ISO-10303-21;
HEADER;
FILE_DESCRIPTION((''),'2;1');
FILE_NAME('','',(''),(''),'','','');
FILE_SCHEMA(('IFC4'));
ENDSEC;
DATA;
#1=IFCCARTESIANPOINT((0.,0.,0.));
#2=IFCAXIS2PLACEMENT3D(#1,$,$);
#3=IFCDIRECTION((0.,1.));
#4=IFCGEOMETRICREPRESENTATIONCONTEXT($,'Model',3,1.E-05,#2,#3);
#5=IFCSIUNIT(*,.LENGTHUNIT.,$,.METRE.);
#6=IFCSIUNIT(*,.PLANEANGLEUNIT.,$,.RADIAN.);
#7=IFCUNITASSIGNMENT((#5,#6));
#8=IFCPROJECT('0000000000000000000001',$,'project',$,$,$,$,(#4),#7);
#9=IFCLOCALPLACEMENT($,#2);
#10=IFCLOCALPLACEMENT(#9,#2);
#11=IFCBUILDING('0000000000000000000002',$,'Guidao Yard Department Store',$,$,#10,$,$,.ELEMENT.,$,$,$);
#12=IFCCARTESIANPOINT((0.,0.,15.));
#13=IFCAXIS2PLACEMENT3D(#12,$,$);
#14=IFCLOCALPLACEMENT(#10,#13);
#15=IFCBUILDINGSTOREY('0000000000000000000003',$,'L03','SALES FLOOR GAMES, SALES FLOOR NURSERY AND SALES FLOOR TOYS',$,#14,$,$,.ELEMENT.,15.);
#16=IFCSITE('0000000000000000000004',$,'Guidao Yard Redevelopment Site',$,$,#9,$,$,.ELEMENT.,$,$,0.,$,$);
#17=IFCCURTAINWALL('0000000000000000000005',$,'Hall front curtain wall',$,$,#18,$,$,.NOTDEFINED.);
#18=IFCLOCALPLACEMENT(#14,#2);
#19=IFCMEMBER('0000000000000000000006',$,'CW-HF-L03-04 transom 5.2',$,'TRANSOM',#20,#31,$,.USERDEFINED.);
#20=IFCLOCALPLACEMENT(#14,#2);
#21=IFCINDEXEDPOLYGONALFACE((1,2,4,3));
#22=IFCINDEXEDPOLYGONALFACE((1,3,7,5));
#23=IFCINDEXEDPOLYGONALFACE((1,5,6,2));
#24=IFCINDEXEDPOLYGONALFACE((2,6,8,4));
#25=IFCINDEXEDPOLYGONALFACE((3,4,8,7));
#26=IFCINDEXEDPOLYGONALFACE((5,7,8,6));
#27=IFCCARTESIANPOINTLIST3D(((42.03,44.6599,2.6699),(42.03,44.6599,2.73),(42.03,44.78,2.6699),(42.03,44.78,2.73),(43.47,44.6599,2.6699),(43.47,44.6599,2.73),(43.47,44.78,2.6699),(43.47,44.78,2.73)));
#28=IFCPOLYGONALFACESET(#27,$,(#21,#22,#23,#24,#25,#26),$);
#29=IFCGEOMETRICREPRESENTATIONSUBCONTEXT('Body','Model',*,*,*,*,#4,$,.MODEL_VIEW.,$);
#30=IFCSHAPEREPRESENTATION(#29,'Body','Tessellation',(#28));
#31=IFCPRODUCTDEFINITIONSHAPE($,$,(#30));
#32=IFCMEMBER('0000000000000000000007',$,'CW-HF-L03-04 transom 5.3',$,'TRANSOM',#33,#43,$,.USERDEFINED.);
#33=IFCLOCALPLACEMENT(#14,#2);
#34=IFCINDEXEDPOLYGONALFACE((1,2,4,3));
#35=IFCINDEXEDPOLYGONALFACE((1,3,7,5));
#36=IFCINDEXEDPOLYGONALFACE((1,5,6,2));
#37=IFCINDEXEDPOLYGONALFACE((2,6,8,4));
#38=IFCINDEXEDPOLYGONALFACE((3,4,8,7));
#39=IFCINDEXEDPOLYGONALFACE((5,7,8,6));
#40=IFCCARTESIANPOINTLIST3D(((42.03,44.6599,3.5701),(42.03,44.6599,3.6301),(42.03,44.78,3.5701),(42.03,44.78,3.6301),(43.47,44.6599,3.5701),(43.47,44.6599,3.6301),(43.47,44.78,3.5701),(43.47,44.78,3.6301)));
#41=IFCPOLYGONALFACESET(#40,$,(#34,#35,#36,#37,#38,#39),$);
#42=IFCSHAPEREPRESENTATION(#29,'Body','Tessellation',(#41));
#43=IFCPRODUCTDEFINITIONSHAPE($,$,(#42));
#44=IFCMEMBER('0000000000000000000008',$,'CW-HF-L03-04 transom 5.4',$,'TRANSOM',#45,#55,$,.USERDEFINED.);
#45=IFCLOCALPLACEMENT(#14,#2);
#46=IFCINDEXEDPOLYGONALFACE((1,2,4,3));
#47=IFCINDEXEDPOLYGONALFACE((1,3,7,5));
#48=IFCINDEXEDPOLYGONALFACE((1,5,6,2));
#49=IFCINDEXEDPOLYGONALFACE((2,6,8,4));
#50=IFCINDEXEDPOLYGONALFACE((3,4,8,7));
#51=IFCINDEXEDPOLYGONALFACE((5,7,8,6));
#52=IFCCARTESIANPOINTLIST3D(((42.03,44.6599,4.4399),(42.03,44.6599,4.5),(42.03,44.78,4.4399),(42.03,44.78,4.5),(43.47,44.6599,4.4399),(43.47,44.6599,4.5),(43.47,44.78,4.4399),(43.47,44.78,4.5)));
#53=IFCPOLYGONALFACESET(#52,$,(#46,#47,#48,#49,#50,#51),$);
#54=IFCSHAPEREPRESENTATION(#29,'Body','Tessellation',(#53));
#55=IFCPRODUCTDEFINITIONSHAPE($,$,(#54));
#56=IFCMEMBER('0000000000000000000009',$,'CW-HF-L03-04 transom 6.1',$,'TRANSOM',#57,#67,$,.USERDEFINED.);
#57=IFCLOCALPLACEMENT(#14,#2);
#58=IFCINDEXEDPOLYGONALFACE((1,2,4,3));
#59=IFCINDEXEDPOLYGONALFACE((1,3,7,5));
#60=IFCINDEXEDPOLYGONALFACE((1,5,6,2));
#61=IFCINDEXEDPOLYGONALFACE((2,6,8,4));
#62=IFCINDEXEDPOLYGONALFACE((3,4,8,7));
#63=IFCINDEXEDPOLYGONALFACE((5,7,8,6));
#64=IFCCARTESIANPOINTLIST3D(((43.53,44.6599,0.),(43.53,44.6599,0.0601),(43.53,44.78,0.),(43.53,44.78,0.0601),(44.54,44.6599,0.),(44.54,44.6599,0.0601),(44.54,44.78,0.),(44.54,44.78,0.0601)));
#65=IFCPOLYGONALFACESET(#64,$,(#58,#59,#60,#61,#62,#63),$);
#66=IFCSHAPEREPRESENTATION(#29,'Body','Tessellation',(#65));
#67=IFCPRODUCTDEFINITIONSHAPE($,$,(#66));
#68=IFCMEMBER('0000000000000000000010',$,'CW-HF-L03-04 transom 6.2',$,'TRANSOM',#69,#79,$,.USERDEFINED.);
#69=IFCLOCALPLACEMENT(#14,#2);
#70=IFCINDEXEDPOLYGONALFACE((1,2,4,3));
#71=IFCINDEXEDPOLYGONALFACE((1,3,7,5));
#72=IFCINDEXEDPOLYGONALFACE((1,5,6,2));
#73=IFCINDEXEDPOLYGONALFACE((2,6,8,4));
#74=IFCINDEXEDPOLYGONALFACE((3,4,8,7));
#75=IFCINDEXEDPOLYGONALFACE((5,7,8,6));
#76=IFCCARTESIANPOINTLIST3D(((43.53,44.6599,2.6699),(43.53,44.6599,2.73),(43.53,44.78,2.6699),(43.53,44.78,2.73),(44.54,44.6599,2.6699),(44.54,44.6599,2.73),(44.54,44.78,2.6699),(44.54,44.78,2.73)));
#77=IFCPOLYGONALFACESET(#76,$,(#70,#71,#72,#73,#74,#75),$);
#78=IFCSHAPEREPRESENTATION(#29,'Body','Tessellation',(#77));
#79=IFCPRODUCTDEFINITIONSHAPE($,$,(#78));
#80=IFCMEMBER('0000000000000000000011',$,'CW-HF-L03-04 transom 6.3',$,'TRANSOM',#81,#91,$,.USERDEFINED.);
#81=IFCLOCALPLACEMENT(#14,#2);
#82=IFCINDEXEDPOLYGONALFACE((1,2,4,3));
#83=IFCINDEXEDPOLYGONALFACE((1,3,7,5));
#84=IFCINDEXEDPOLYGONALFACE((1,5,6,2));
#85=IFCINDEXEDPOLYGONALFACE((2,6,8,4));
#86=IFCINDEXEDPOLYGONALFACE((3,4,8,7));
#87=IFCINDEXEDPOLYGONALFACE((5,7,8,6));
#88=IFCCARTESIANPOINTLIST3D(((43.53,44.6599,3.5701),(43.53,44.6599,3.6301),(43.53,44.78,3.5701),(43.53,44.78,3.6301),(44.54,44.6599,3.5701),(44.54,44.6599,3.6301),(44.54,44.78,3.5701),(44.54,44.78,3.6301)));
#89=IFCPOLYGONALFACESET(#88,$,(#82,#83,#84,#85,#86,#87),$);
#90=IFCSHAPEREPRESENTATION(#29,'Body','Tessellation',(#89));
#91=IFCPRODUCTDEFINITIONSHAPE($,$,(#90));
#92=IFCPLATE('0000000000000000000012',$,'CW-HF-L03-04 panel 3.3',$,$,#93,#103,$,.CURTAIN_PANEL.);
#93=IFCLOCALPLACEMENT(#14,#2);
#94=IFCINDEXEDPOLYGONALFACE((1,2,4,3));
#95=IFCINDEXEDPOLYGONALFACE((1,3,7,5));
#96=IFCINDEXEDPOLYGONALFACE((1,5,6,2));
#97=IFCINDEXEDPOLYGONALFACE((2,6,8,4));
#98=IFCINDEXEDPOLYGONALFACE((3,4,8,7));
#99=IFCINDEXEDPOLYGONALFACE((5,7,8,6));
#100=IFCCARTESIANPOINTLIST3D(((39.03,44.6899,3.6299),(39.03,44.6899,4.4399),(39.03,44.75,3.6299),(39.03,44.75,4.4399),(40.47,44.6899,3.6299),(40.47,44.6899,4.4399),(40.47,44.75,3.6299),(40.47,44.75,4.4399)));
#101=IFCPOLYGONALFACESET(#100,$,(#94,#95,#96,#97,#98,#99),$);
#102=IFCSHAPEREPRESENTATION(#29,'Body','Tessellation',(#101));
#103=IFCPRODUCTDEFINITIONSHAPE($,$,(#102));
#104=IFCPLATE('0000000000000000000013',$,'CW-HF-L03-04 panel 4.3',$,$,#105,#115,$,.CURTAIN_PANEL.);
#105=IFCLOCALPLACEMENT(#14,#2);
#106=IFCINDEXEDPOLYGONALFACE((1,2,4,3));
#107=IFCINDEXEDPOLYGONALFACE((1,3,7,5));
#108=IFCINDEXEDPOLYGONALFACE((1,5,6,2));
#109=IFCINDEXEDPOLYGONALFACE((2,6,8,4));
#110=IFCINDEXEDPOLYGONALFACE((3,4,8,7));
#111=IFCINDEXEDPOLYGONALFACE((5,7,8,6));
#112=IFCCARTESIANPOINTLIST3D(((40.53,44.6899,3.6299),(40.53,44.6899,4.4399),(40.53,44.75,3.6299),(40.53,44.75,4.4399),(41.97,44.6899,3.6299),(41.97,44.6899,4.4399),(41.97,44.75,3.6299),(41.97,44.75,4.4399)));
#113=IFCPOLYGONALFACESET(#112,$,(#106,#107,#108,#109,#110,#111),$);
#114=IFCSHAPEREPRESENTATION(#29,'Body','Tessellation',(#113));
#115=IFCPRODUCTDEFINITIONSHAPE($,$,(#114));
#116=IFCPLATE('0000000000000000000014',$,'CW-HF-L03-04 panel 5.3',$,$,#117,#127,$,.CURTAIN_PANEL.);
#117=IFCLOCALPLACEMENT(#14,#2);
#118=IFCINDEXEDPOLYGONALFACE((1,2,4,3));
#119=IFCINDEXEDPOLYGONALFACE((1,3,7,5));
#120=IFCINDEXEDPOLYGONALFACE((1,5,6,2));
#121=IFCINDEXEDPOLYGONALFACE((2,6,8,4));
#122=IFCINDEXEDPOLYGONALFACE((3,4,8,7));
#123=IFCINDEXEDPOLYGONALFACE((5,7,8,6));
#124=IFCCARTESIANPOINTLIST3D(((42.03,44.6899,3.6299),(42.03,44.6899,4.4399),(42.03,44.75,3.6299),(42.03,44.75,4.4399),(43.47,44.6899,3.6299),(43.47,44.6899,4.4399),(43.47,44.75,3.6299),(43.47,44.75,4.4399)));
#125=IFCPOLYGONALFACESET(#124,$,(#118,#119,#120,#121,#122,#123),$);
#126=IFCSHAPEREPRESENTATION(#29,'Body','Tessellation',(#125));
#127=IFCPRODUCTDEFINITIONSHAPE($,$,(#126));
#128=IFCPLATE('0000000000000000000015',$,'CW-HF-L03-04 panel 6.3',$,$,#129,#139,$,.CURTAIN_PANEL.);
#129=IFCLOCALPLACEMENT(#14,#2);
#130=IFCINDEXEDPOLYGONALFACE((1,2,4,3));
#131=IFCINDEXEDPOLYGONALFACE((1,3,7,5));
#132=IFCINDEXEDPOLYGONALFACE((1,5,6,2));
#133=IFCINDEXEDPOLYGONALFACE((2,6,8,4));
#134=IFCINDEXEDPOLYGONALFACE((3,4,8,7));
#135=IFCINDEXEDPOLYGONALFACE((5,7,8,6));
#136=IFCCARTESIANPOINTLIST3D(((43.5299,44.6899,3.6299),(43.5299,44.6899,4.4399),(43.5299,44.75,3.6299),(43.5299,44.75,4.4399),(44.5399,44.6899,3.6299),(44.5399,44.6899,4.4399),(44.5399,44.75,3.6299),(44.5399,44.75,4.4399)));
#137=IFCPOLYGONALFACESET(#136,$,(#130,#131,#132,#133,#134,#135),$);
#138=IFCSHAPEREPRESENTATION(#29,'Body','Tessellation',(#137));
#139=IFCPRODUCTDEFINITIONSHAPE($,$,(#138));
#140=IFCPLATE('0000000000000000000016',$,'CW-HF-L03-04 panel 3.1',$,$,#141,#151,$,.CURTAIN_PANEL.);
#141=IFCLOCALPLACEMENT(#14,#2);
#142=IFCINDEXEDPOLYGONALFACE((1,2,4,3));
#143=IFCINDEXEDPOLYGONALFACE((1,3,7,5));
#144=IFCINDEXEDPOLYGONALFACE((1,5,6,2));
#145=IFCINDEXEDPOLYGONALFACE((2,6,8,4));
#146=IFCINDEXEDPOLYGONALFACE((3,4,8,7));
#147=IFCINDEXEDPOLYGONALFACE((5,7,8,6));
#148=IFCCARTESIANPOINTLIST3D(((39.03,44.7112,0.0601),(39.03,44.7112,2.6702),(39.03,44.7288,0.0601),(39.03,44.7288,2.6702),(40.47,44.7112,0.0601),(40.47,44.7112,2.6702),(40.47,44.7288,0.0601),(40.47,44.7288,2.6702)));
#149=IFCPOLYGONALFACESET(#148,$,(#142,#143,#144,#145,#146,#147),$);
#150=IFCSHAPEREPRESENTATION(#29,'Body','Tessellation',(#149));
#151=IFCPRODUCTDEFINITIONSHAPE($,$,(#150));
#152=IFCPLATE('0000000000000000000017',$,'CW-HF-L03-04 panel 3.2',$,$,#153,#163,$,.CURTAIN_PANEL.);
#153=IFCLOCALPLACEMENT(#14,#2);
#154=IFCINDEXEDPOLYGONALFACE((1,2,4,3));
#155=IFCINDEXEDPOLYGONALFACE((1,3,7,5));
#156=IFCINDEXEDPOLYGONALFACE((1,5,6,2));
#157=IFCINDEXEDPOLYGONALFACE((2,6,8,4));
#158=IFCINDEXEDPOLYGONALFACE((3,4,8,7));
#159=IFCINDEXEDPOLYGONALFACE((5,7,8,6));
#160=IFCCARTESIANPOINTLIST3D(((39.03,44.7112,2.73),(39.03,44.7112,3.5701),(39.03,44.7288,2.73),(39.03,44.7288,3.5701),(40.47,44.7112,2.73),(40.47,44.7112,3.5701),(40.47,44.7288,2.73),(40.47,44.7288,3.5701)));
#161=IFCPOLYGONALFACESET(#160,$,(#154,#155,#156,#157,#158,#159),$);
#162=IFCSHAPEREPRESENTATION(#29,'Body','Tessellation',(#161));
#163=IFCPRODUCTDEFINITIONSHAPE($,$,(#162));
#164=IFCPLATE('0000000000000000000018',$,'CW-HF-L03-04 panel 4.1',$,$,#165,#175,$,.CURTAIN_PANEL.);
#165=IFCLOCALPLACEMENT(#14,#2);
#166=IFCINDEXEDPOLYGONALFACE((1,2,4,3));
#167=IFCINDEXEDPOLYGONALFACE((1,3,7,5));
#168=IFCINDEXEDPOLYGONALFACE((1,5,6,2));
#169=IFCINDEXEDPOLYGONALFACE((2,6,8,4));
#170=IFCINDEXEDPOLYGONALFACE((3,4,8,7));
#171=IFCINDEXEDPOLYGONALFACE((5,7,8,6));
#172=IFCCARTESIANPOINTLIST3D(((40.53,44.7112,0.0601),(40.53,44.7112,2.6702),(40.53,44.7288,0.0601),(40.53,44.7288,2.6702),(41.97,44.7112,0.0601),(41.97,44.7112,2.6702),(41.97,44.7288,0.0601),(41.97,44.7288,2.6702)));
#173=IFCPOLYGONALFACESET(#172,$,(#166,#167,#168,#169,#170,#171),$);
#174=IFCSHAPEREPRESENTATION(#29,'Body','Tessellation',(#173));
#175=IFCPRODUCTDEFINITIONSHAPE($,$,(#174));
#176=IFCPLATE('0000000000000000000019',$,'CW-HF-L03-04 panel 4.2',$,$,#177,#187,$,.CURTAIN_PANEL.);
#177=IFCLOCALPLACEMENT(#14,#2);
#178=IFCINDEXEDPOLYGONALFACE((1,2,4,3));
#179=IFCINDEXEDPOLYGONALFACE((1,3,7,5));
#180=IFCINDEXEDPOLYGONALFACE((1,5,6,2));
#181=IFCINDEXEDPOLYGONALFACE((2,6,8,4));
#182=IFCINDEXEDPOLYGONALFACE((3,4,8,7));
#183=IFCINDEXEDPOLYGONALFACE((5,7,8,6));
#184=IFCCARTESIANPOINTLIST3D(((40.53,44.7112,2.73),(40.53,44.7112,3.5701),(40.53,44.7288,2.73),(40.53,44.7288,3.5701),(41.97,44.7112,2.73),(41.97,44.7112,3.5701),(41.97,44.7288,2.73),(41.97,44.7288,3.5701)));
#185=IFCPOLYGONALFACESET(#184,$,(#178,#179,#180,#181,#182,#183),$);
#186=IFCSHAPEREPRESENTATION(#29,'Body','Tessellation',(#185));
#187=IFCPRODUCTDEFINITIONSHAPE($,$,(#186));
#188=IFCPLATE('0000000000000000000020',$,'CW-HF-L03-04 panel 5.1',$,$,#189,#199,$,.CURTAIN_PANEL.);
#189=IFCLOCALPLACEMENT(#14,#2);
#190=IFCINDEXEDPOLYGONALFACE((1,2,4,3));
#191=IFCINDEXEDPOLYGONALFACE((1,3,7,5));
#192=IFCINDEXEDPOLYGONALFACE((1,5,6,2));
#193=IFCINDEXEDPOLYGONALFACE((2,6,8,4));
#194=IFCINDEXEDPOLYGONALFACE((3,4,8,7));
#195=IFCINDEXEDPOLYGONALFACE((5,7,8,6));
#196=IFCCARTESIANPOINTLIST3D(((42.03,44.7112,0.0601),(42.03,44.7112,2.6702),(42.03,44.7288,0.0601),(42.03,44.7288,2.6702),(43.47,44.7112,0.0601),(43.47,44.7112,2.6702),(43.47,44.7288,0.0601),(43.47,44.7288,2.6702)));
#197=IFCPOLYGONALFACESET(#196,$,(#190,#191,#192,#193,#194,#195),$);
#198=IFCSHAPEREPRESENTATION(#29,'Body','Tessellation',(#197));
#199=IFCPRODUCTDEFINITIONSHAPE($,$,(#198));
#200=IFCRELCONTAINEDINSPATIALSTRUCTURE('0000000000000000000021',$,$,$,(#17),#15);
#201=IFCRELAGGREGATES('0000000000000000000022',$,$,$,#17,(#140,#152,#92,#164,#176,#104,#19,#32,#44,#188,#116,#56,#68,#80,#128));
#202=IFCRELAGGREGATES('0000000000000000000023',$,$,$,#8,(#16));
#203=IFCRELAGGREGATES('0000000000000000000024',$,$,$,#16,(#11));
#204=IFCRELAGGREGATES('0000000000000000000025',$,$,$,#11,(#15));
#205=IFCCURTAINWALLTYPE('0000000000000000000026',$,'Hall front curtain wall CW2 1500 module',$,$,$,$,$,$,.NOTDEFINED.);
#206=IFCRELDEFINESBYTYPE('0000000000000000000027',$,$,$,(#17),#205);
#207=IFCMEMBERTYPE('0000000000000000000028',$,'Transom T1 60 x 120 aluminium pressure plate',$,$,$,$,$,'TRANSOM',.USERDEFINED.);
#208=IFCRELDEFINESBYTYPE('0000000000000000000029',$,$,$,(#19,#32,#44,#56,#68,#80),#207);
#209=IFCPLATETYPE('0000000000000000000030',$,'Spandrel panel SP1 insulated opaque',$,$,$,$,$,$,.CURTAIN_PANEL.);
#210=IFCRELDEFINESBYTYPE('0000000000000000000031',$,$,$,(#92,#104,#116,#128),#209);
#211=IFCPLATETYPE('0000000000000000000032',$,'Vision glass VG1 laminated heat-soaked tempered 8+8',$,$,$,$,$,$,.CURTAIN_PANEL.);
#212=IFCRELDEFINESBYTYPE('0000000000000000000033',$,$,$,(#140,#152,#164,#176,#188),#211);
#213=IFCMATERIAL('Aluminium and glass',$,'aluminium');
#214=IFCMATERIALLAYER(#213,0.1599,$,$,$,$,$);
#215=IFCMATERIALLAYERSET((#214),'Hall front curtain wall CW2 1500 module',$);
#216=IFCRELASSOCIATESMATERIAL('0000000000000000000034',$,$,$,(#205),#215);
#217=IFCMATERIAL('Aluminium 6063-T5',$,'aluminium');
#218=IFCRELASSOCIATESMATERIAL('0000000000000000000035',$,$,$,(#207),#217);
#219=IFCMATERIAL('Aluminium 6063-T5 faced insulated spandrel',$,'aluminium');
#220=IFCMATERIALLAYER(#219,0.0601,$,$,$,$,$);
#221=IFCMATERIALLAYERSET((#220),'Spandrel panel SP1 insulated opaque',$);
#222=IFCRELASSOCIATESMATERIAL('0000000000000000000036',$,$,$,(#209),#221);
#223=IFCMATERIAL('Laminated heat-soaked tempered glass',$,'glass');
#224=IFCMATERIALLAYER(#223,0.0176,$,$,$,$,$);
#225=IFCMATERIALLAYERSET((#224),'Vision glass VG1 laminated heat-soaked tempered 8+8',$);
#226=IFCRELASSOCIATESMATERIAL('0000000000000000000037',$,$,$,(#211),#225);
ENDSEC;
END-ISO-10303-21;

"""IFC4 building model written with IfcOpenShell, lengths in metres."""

from ifc_helpers import new_model, si_unit, direction, frame, origin, origin_2d, place, context, subcontext, project, spatial, rectangle, extrude, material, layer, layer_set, material_profile, profile_set, type_object, element, aggregate, save


model = new_model("IFC4")

# Units and contexts
model_context = context("Model", 3, precision=1e-05, world=origin(), true_north=direction((0.0, 1.0)))
body_context = subcontext(model_context, "Body", "Model", "MODEL_VIEW")
ifc_project = project(units=[si_unit("LENGTHUNIT", "METRE"), si_unit("PLANEANGLEUNIT", "RADIAN")], contexts=[model_context])

# Site, building, storey
site_placement = place(None, origin())
site = spatial("IfcSite", under=ifc_project, at=site_placement, Name="Guidao Yard Redevelopment Site", CompositionType="ELEMENT", RefElevation=0.0)
building_placement = place(site_placement, origin())
building = spatial("IfcBuilding", under=site, at=building_placement, Name="Guidao Yard Department Store", CompositionType="ELEMENT")
storey_placement = place(building_placement, frame((0.0, 0.0, 15.0)))
storey = spatial("IfcBuildingStorey", under=building, at=storey_placement, Name="L03", Description="SALES FLOOR GAMES, SALES FLOOR NURSERY AND SALES FLOOR TOYS", CompositionType="ELEMENT", Elevation=15.0)

# Curtain wall, members, plates
ifc_material_1 = material(Name="Aluminium and glass", Category="aluminium")
ifc_layer_1 = layer(ifc_material_1, 0.1599)
ifc_layer_set_1 = layer_set([ifc_layer_1], Name="Hall front curtain wall CW2 1500 module")
curtain_wall_type = type_object("IfcCurtainWallType", Name="Hall front curtain wall CW2 1500 module", PredefinedType="NOTDEFINED", material=ifc_layer_set_1)
curtain_wall_placement = place(storey_placement, origin())
curtain_wall = element("IfcCurtainWall", 1, at=curtain_wall_placement, inside=storey, type_object=curtain_wall_type, Name="Hall front curtain wall", PredefinedType="NOTDEFINED")
ifc_material_2 = material(Name="Aluminium 6063-T5", Category="aluminium")
ifc_material_profile_1 = material_profile(ifc_material_2, rectangle(XDim=0.1201, YDim=0.0601, at=origin_2d()), Name="Transom T1 60 x 120 aluminium pressure plate")
ifc_profile_set_1 = profile_set([ifc_material_profile_1], Name="Aluminium 6063-T5")
member_type_1 = type_object("IfcMemberType", Name="Transom T1 60 x 120 aluminium pressure plate", ElementType="TRANSOM", PredefinedType="USERDEFINED", material=ifc_profile_set_1)
member_1_placement = place(storey_placement, frame((43.47, 44.72, 2.7), z_axis=(-1.0, 0.0, 0.0), x_axis=(0.0, -1.0, 0.0)))
member_1 = element("IfcMember", 2, at=member_1_placement, type_object=member_type_1, Name="CW-HF-L03-04 transom 5.2", ObjectType="TRANSOM", PredefinedType="USERDEFINED", context=body_context, shape_type="SweptSolid", body=[
    extrude(rectangle(XDim=0.1201, YDim=0.0601, at=origin_2d()), origin(), (0.0, 0.0, 1.0), 1.4399),
])
member_2_placement = place(storey_placement, frame((43.47, 44.72, 3.6001), z_axis=(-1.0, 0.0, 0.0), x_axis=(0.0, -1.0, 0.0)))
member_2 = element("IfcMember", 3, at=member_2_placement, type_object=member_type_1, Name="CW-HF-L03-04 transom 5.3", ObjectType="TRANSOM", PredefinedType="USERDEFINED", context=body_context, shape_type="SweptSolid", body=[
    extrude(rectangle(XDim=0.1201, YDim=0.0601, at=origin_2d()), origin(), (0.0, 0.0, 1.0), 1.4399),
])
member_3_placement = place(storey_placement, frame((43.47, 44.72, 4.47), z_axis=(-1.0, 0.0, 0.0), x_axis=(0.0, -1.0, 0.0)))
member_3 = element("IfcMember", 4, at=member_3_placement, type_object=member_type_1, Name="CW-HF-L03-04 transom 5.4", ObjectType="TRANSOM", PredefinedType="USERDEFINED", context=body_context, shape_type="SweptSolid", body=[
    extrude(rectangle(XDim=0.1201, YDim=0.0601, at=origin_2d()), origin(), (0.0, 0.0, 1.0), 1.4399),
])
member_4_placement = place(storey_placement, frame((44.54, 44.72, 0.03), z_axis=(-1.0, 0.0, 0.0), x_axis=(0.0, -1.0, 0.0)))
member_4 = element("IfcMember", 5, at=member_4_placement, type_object=member_type_1, Name="CW-HF-L03-04 transom 6.1", ObjectType="TRANSOM", PredefinedType="USERDEFINED", context=body_context, shape_type="SweptSolid", body=[
    extrude(rectangle(XDim=0.1201, YDim=0.0601, at=origin_2d()), origin(), (0.0, 0.0, 1.0), 1.01),
])
member_5_placement = place(storey_placement, frame((44.54, 44.72, 2.7), z_axis=(-1.0, 0.0, 0.0), x_axis=(0.0, -1.0, 0.0)))
member_5 = element("IfcMember", 6, at=member_5_placement, type_object=member_type_1, Name="CW-HF-L03-04 transom 6.2", ObjectType="TRANSOM", PredefinedType="USERDEFINED", context=body_context, shape_type="SweptSolid", body=[
    extrude(rectangle(XDim=0.1201, YDim=0.0601, at=origin_2d()), origin(), (0.0, 0.0, 1.0), 1.01),
])
member_6_placement = place(storey_placement, frame((44.54, 44.72, 3.6001), z_axis=(-1.0, 0.0, 0.0), x_axis=(0.0, -1.0, 0.0)))
member_6 = element("IfcMember", 7, at=member_6_placement, type_object=member_type_1, Name="CW-HF-L03-04 transom 6.3", ObjectType="TRANSOM", PredefinedType="USERDEFINED", context=body_context, shape_type="SweptSolid", body=[
    extrude(rectangle(XDim=0.1201, YDim=0.0601, at=origin_2d()), origin(), (0.0, 0.0, 1.0), 1.01),
])
ifc_material_3 = material(Name="Aluminium 6063-T5 faced insulated spandrel", Category="aluminium")
ifc_layer_2 = layer(ifc_material_3, 0.0601)
ifc_layer_set_2 = layer_set([ifc_layer_2], Name="Spandrel panel SP1 insulated opaque")
plate_type_1 = type_object("IfcPlateType", Name="Spandrel panel SP1 insulated opaque", PredefinedType="CURTAIN_PANEL", material=ifc_layer_set_2)
plate_1_placement = place(storey_placement, frame((39.75, 44.72, 3.6299), z_axis=(0.0, 0.0, 1.0), x_axis=(-1.0, 0.0, 0.0)))
plate_1 = element("IfcPlate", 8, at=plate_1_placement, type_object=plate_type_1, Name="CW-HF-L03-04 panel 3.3", PredefinedType="CURTAIN_PANEL", context=body_context, shape_type="SweptSolid", body=[
    extrude(rectangle(XDim=1.4399, YDim=0.0601, at=origin_2d()), origin(), (0.0, 0.0, 1.0), 0.8101),
])
plate_2_placement = place(storey_placement, frame((41.25, 44.72, 3.6299), z_axis=(0.0, 0.0, 1.0), x_axis=(-1.0, 0.0, 0.0)))
plate_2 = element("IfcPlate", 9, at=plate_2_placement, type_object=plate_type_1, Name="CW-HF-L03-04 panel 4.3", PredefinedType="CURTAIN_PANEL", context=body_context, shape_type="SweptSolid", body=[
    extrude(rectangle(XDim=1.4399, YDim=0.0601, at=origin_2d()), origin(), (0.0, 0.0, 1.0), 0.8101),
])
plate_3_placement = place(storey_placement, frame((42.75, 44.72, 3.6299), z_axis=(0.0, 0.0, 1.0), x_axis=(-1.0, 0.0, 0.0)))
plate_3 = element("IfcPlate", 10, at=plate_3_placement, type_object=plate_type_1, Name="CW-HF-L03-04 panel 5.3", PredefinedType="CURTAIN_PANEL", context=body_context, shape_type="SweptSolid", body=[
    extrude(rectangle(XDim=1.4399, YDim=0.0601, at=origin_2d()), origin(), (0.0, 0.0, 1.0), 0.8101),
])
plate_4_placement = place(storey_placement, frame((44.0349, 44.72, 3.6299), z_axis=(0.0, 0.0, 1.0), x_axis=(-1.0, 0.0, 0.0)))
plate_4 = element("IfcPlate", 11, at=plate_4_placement, type_object=plate_type_1, Name="CW-HF-L03-04 panel 6.3", PredefinedType="CURTAIN_PANEL", context=body_context, shape_type="SweptSolid", body=[
    extrude(rectangle(XDim=1.01, YDim=0.0601, at=origin_2d()), origin(), (0.0, 0.0, 1.0), 0.8101),
])
ifc_material_4 = material(Name="Laminated heat-soaked tempered glass", Category="glass")
ifc_layer_3 = layer(ifc_material_4, 0.0176)
ifc_layer_set_3 = layer_set([ifc_layer_3], Name="Vision glass VG1 laminated heat-soaked tempered 8+8")
plate_type_2 = type_object("IfcPlateType", Name="Vision glass VG1 laminated heat-soaked tempered 8+8", PredefinedType="CURTAIN_PANEL", material=ifc_layer_set_3)
plate_5_placement = place(storey_placement, frame((39.75, 44.72, 0.0601), z_axis=(0.0, 0.0, 1.0), x_axis=(-1.0, 0.0, 0.0)))
plate_5 = element("IfcPlate", 12, at=plate_5_placement, type_object=plate_type_2, Name="CW-HF-L03-04 panel 3.1", PredefinedType="CURTAIN_PANEL", context=body_context, shape_type="SweptSolid", body=[
    extrude(rectangle(XDim=1.4399, YDim=0.0176, at=origin_2d()), origin(), (0.0, 0.0, 1.0), 2.6101),
])
plate_6_placement = place(storey_placement, frame((39.75, 44.72, 2.73), z_axis=(0.0, 0.0, 1.0), x_axis=(-1.0, 0.0, 0.0)))
plate_6 = element("IfcPlate", 13, at=plate_6_placement, type_object=plate_type_2, Name="CW-HF-L03-04 panel 3.2", PredefinedType="CURTAIN_PANEL", context=body_context, shape_type="SweptSolid", body=[
    extrude(rectangle(XDim=1.4399, YDim=0.0176, at=origin_2d()), origin(), (0.0, 0.0, 1.0), 0.8401),
])
plate_7_placement = place(storey_placement, frame((41.25, 44.72, 0.0601), z_axis=(0.0, 0.0, 1.0), x_axis=(-1.0, 0.0, 0.0)))
plate_7 = element("IfcPlate", 14, at=plate_7_placement, type_object=plate_type_2, Name="CW-HF-L03-04 panel 4.1", PredefinedType="CURTAIN_PANEL", context=body_context, shape_type="SweptSolid", body=[
    extrude(rectangle(XDim=1.4399, YDim=0.0176, at=origin_2d()), origin(), (0.0, 0.0, 1.0), 2.6101),
])
plate_8_placement = place(storey_placement, frame((41.25, 44.72, 2.73), z_axis=(0.0, 0.0, 1.0), x_axis=(-1.0, 0.0, 0.0)))
plate_8 = element("IfcPlate", 15, at=plate_8_placement, type_object=plate_type_2, Name="CW-HF-L03-04 panel 4.2", PredefinedType="CURTAIN_PANEL", context=body_context, shape_type="SweptSolid", body=[
    extrude(rectangle(XDim=1.4399, YDim=0.0176, at=origin_2d()), origin(), (0.0, 0.0, 1.0), 0.8401),
])
plate_9_placement = place(storey_placement, frame((42.75, 44.72, 0.0601), z_axis=(0.0, 0.0, 1.0), x_axis=(-1.0, 0.0, 0.0)))
plate_9 = element("IfcPlate", 16, at=plate_9_placement, type_object=plate_type_2, Name="CW-HF-L03-04 panel 5.1", PredefinedType="CURTAIN_PANEL", context=body_context, shape_type="SweptSolid", body=[
    extrude(rectangle(XDim=1.4399, YDim=0.0176, at=origin_2d()), origin(), (0.0, 0.0, 1.0), 2.6101),
])
aggregate(curtain_wall, [plate_5, plate_6, plate_1, plate_7, plate_8, plate_2, member_1, member_2, member_3, plate_9, plate_3, member_4, member_5, member_6, plate_4])

save(model, "model.ifc")
